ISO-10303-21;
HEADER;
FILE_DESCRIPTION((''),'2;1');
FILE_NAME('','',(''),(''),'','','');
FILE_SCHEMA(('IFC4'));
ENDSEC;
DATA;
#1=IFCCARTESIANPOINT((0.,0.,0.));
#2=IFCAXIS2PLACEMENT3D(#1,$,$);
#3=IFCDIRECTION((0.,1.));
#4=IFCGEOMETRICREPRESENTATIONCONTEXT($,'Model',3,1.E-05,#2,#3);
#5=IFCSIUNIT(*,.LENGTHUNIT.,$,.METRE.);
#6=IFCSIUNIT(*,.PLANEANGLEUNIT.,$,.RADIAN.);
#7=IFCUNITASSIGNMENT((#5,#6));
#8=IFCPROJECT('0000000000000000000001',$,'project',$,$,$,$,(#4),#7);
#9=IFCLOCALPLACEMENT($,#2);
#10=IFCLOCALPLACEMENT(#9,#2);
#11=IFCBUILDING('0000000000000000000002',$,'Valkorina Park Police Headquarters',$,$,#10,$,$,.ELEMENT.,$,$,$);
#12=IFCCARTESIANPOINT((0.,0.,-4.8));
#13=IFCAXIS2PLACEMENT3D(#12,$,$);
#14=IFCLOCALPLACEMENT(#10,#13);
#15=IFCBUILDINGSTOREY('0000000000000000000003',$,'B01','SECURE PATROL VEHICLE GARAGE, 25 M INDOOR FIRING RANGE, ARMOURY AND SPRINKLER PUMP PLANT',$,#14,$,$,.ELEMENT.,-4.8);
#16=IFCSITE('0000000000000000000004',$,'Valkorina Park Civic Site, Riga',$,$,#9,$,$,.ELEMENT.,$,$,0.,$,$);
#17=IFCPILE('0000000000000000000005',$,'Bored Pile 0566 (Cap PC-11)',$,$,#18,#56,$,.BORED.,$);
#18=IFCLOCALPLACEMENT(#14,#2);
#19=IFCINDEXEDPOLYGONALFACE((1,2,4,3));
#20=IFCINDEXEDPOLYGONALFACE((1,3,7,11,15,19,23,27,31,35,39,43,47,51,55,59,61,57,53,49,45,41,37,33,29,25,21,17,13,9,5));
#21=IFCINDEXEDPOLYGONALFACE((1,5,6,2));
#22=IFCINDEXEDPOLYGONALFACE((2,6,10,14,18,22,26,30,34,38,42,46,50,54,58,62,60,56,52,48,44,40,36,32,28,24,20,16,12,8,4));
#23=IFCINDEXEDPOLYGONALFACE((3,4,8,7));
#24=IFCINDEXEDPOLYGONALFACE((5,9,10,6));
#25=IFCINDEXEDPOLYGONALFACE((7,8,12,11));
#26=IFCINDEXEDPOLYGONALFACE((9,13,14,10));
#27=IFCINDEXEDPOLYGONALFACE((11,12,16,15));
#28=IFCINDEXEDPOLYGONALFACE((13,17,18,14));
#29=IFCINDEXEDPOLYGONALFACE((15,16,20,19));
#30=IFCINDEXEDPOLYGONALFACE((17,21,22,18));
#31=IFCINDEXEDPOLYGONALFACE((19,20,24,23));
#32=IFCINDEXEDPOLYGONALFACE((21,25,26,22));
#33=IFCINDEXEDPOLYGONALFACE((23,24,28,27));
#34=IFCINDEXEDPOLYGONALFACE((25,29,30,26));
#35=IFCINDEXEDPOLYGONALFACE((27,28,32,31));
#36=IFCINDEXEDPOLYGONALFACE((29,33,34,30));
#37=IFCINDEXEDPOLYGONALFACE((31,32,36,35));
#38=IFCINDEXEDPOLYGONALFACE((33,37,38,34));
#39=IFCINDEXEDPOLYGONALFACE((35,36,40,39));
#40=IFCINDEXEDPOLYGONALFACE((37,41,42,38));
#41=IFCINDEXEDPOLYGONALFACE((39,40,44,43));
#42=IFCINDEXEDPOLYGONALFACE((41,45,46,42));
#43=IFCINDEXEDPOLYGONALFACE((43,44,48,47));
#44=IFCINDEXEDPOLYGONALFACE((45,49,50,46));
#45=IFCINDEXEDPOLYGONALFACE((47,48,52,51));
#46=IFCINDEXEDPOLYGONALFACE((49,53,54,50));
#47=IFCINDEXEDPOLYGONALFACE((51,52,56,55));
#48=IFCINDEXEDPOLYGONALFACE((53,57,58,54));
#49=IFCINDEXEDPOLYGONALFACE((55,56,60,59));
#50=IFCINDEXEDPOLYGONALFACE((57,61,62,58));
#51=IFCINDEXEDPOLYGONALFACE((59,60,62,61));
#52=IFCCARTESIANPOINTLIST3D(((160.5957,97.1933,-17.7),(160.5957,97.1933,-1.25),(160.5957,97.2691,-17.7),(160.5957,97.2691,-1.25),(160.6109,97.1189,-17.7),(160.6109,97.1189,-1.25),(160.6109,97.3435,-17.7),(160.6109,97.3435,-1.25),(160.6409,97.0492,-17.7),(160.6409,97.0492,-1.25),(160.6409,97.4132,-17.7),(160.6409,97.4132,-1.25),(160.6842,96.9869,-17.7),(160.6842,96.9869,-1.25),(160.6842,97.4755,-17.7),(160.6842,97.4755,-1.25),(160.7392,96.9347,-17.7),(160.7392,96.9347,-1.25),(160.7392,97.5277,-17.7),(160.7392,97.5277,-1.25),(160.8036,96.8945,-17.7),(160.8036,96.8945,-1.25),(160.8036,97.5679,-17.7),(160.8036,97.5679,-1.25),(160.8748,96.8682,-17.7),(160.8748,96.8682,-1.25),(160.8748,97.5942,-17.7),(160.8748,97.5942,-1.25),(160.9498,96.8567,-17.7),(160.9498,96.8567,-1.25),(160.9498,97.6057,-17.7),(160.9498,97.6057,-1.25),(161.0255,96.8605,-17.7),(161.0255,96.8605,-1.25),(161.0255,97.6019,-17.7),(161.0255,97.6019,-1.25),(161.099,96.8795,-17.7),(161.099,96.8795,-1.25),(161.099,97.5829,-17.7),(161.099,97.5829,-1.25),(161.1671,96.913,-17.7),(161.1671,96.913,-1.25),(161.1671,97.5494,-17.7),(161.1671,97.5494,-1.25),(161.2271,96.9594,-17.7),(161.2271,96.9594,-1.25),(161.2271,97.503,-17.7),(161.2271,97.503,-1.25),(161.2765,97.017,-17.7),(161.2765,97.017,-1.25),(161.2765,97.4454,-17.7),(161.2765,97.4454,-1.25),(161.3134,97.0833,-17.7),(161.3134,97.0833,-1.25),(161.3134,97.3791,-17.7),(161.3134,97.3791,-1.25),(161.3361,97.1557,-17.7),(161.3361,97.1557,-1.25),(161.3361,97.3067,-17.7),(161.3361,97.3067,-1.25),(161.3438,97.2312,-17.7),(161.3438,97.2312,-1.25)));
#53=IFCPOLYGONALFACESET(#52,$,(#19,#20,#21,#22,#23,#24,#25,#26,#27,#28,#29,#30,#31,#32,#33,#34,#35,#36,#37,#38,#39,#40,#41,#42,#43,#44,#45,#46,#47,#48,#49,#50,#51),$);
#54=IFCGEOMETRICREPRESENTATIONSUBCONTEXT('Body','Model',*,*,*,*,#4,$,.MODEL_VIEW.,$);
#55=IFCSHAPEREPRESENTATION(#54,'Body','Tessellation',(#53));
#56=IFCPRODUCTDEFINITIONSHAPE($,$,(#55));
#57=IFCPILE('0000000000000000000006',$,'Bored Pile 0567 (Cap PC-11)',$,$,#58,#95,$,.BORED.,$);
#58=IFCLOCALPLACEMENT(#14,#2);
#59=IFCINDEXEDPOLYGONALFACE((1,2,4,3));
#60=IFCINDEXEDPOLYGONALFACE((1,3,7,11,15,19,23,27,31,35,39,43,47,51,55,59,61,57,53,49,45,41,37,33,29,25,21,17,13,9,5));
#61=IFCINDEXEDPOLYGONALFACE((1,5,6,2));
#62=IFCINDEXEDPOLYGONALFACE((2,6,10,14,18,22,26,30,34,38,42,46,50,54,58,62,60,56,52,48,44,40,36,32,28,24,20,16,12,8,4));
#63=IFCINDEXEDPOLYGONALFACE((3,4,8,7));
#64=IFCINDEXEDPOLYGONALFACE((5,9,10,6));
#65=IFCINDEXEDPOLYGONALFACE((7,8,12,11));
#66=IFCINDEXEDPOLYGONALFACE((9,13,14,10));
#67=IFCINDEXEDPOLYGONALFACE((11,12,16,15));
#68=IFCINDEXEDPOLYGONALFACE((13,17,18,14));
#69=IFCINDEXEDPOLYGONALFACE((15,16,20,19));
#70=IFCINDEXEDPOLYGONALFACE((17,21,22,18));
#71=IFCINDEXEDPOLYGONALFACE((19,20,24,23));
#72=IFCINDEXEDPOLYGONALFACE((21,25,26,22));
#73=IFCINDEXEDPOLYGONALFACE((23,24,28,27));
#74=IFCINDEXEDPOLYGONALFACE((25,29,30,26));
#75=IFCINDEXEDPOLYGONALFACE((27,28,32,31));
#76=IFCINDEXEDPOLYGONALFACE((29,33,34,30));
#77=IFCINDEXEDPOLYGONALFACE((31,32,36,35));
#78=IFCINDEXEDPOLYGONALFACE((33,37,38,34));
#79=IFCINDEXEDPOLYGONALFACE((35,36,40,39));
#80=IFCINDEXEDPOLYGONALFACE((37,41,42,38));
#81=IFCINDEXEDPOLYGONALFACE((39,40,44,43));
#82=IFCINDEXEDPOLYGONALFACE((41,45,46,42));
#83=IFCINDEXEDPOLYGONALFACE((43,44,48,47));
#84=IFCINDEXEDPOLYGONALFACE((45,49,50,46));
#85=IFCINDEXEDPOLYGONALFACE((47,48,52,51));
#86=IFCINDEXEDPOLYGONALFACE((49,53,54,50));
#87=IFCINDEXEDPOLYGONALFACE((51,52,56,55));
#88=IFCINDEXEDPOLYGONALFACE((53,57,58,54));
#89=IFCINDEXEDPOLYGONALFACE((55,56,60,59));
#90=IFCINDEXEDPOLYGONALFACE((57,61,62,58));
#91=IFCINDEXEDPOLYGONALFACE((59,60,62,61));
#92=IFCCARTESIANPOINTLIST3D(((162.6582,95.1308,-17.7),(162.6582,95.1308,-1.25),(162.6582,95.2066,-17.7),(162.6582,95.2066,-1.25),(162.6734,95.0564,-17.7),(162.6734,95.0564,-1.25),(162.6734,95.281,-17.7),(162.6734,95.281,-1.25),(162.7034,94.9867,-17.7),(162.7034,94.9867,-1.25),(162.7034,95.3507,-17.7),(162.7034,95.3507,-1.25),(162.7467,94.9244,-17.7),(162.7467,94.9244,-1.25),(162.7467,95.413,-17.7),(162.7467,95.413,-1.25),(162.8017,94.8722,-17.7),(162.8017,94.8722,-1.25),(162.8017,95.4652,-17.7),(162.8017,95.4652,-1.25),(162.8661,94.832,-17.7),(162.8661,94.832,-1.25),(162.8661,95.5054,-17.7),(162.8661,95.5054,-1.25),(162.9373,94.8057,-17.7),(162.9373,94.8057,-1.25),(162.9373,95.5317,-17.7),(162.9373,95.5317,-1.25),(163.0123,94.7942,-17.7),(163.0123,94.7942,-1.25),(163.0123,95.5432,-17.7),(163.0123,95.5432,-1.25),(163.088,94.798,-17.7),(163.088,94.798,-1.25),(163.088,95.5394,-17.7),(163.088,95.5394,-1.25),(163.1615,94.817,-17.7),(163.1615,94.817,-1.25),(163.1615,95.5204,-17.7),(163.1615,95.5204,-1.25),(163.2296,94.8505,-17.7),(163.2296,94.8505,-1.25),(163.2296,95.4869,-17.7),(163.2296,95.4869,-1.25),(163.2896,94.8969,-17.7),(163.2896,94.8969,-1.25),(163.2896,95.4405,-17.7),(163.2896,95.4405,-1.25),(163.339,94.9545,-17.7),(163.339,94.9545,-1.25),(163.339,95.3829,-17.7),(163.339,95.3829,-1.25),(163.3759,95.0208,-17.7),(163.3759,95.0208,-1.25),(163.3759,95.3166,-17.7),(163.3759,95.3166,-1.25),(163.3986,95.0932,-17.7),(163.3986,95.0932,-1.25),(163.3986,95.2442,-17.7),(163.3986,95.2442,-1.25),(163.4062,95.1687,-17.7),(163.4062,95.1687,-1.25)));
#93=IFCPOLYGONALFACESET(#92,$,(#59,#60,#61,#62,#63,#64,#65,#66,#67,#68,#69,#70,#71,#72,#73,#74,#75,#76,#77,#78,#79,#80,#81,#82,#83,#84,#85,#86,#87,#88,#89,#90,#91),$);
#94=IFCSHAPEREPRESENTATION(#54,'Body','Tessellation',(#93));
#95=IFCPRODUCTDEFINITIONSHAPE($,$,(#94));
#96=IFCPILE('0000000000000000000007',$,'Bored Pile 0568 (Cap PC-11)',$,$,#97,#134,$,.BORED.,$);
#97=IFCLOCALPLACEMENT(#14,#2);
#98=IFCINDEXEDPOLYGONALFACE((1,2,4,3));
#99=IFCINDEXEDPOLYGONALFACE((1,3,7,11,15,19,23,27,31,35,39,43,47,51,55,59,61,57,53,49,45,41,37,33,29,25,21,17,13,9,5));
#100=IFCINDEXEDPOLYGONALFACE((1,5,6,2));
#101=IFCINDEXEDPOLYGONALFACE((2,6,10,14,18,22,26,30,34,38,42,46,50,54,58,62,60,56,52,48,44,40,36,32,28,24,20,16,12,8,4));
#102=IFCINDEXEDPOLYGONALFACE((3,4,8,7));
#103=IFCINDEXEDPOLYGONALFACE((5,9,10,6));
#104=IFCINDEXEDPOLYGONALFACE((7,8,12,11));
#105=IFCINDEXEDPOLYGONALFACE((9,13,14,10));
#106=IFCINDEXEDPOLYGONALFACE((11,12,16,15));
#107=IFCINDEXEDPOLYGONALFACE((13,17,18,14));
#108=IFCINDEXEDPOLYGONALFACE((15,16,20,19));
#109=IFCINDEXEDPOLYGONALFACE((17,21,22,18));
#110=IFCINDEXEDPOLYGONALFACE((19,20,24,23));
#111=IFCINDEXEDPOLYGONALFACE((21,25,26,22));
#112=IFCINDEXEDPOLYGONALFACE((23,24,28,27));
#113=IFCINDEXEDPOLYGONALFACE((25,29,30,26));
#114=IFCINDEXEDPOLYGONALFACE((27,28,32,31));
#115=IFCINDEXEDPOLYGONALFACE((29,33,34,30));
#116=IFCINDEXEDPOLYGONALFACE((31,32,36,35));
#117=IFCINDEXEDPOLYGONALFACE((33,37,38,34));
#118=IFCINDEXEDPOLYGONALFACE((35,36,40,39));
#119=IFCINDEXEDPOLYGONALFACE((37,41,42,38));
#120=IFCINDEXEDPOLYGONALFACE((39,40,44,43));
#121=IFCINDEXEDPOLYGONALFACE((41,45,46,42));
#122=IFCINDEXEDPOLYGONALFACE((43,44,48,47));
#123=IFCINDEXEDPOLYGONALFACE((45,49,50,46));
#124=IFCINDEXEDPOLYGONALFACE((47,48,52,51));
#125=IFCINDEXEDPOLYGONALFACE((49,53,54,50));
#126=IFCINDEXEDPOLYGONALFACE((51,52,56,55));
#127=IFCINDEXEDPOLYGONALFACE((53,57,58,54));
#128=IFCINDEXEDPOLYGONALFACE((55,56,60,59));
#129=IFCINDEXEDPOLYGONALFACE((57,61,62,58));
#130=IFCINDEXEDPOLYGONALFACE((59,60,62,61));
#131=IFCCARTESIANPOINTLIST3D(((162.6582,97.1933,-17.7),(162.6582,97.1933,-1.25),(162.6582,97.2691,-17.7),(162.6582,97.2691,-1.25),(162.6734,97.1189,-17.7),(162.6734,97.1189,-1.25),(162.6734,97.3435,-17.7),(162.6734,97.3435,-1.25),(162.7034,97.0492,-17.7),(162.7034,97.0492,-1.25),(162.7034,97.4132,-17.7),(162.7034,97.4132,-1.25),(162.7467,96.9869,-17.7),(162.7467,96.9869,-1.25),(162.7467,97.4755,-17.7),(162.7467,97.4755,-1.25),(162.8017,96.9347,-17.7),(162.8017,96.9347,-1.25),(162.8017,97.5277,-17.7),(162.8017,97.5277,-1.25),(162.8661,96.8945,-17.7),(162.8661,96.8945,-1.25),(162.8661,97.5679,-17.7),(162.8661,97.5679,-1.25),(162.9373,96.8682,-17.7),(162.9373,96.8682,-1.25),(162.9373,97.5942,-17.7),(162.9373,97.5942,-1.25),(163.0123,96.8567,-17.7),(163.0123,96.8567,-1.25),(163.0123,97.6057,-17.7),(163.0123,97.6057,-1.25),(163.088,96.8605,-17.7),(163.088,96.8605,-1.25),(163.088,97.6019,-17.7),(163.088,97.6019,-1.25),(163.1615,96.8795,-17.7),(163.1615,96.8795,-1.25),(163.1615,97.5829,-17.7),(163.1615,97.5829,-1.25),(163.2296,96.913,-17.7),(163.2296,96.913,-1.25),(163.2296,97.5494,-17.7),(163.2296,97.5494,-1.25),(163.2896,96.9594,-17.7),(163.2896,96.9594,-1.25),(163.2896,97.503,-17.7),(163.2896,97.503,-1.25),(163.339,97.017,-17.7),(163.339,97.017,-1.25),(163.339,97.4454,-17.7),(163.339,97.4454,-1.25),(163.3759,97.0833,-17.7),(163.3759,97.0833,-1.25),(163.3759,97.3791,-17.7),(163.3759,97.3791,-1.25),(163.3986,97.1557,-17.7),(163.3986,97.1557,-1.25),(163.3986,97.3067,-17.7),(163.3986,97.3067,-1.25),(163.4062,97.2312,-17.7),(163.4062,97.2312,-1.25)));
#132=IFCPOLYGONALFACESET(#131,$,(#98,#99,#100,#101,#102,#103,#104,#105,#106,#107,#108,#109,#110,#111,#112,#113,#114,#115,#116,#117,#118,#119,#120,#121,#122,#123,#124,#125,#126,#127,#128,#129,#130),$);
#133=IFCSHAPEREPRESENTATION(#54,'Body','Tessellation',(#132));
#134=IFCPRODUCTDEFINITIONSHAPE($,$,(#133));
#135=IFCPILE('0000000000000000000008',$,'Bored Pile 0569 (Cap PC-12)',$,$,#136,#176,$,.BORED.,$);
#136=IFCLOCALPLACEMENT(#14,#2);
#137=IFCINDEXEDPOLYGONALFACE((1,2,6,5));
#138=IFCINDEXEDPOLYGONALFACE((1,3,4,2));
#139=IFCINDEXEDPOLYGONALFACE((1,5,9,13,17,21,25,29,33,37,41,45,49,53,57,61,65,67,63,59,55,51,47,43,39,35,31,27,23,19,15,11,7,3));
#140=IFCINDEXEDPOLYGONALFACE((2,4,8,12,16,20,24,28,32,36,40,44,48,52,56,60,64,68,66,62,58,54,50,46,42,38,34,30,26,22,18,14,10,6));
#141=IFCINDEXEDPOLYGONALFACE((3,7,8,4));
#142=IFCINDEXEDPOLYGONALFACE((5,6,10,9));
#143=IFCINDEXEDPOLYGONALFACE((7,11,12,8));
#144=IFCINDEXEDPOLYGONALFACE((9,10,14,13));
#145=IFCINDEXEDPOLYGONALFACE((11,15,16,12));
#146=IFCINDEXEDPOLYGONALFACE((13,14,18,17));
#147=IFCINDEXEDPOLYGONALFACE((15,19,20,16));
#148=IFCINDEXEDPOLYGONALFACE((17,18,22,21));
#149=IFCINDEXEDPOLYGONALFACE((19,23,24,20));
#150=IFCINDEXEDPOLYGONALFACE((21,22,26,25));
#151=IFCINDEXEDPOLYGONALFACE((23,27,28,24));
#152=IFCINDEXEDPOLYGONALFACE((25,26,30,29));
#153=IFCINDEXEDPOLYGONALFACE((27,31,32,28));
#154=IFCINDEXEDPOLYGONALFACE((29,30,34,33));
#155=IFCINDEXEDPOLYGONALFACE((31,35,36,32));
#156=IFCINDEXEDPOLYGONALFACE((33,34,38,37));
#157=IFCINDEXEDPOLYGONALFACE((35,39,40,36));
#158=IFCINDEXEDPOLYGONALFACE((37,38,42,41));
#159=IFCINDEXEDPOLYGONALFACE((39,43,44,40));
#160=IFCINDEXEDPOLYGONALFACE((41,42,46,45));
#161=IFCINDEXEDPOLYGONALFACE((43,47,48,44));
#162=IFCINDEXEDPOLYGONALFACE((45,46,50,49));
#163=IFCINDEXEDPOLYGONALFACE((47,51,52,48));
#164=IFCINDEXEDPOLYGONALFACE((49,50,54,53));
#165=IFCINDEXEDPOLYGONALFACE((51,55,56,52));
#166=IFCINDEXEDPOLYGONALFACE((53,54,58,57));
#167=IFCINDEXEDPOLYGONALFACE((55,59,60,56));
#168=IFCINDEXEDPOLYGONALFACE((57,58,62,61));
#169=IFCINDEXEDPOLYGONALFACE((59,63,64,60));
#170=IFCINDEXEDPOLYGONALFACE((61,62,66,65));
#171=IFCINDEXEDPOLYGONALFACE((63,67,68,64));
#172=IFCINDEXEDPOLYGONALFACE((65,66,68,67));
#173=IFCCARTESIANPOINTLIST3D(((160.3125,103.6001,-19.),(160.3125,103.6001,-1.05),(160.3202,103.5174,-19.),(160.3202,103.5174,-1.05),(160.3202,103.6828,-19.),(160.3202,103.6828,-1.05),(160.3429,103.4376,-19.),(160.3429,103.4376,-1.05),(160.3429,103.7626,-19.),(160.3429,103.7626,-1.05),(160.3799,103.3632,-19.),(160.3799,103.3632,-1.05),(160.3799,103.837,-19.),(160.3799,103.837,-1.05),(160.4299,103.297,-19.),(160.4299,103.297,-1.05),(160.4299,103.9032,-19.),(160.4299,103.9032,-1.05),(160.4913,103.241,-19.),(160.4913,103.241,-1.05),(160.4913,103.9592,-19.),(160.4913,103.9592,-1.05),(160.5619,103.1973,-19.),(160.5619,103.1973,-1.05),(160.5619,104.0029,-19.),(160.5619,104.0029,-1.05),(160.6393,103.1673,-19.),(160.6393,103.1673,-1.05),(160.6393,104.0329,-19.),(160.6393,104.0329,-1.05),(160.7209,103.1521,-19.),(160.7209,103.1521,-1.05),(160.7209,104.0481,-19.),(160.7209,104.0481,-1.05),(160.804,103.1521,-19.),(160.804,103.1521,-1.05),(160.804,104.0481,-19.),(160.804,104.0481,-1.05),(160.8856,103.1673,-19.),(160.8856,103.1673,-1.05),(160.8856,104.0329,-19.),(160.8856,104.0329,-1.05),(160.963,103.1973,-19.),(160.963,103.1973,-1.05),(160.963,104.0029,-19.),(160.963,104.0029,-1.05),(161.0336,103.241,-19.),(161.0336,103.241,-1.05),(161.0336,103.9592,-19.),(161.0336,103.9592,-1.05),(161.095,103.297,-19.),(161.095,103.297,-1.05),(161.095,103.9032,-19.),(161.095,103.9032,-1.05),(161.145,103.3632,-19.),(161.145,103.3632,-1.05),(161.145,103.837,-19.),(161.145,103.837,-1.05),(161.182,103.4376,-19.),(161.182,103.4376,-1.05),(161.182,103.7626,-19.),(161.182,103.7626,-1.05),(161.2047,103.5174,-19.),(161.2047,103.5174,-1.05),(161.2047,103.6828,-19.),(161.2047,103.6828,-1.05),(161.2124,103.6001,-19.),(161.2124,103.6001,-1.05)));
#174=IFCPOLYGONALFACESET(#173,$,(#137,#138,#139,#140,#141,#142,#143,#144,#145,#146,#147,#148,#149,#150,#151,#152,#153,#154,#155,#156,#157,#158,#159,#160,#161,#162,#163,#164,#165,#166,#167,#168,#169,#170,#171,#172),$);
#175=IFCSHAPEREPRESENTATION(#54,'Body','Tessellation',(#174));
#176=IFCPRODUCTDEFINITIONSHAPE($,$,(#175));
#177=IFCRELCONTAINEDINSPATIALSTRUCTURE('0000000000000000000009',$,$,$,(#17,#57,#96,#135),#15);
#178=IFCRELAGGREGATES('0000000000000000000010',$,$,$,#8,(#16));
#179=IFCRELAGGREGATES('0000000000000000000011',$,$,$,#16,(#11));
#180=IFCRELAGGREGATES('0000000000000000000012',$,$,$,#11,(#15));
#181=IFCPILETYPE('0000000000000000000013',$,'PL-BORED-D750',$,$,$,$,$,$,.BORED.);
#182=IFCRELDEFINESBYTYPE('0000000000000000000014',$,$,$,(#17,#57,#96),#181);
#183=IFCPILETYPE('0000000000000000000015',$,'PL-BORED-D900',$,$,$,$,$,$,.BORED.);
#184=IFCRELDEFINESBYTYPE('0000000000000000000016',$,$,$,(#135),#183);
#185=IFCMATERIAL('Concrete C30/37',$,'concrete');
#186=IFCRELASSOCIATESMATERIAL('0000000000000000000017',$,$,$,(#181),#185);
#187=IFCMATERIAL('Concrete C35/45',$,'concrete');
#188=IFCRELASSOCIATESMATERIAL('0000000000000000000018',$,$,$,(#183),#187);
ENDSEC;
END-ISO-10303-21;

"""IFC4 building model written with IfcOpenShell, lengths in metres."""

from ifc_helpers import new_model, si_unit, direction, frame, origin, origin_2d, place, context, subcontext, project, spatial, circle, extrude, material, material_profile, profile_set, type_object, element, save


model = new_model("IFC4")

# Units and contexts
model_context = context("Model", 3, precision=1e-05, world=origin(), true_north=direction((0.0, 1.0)))
body_context = subcontext(model_context, "Body", "Model", "MODEL_VIEW")
ifc_project = project(units=[si_unit("LENGTHUNIT", "METRE"), si_unit("PLANEANGLEUNIT", "RADIAN")], contexts=[model_context])

# Site, building, storey
site_placement = place(None, origin())
site = spatial("IfcSite", under=ifc_project, at=site_placement, Name="Valkorina Park Civic Site, Riga", CompositionType="ELEMENT", RefElevation=0.0)
building_placement = place(site_placement, origin())
building = spatial("IfcBuilding", under=site, at=building_placement, Name="Valkorina Park Police Headquarters", CompositionType="ELEMENT")
storey_placement = place(building_placement, frame((0.0, 0.0, -4.8)))
storey = spatial("IfcBuildingStorey", under=building, at=storey_placement, Name="B01", Description="SECURE PATROL VEHICLE GARAGE, 25 M INDOOR FIRING RANGE, ARMOURY AND SPRINKLER PUMP PLANT", CompositionType="ELEMENT", Elevation=-4.8)

# Piles
ifc_material_1 = material(Name="Concrete C30/37", Category="concrete")
ifc_material_profile_1 = material_profile(ifc_material_1, circle(Radius=0.375, at=origin_2d()), Name="BORED PILE D750")
ifc_profile_set_1 = profile_set([ifc_material_profile_1], Name="Concrete C30/37")
pile_type_1 = type_object("IfcPileType", Name="PL-BORED-D750", PredefinedType="BORED", material=ifc_profile_set_1)
for number, where, z_axis, x_axis, name in (
    (1, (160.9688, 97.2312, -1.25), (0.0, 0.0, -1.0), (1.0, 0.0, 0.0), "Bored Pile 0566 (Cap PC-11)"),
    (2, (163.0312, 95.1687, -1.25), (0.0, 0.0, -1.0), (1.0, 0.0, 0.0), "Bored Pile 0567 (Cap PC-11)"),
    (3, (163.0312, 97.2312, -1.25), (0.0, 0.0, -1.0), (1.0, 0.0, 0.0), "Bored Pile 0568 (Cap PC-11)"),
):
    element("IfcPile", number, at=place(storey_placement, frame(where, z_axis=z_axis, x_axis=x_axis)), inside=storey, type_object=pile_type_1, Name=name, PredefinedType="BORED", context=body_context, shape_type="SweptSolid", body=[
        extrude(circle(Radius=0.375, at=origin_2d()), origin(), (0.0, 0.0, 1.0), 16.45),
    ])
ifc_material_2 = material(Name="Concrete C35/45", Category="concrete")
ifc_material_profile_2 = material_profile(ifc_material_2, circle(Radius=0.45, at=origin_2d()), Name="BORED PILE D900")
ifc_profile_set_2 = profile_set([ifc_material_profile_2], Name="Concrete C35/45")
pile_type_2 = type_object("IfcPileType", Name="PL-BORED-D900", PredefinedType="BORED", material=ifc_profile_set_2)
for number, where, z_axis, x_axis, name in (
    (4, (160.7625, 103.6001, -1.05), (0.0, 0.0, -1.0), (1.0, 0.0, 0.0), "Bored Pile 0569 (Cap PC-12)"),
):
    element("IfcPile", number, at=place(storey_placement, frame(where, z_axis=z_axis, x_axis=x_axis)), inside=storey, type_object=pile_type_2, Name=name, PredefinedType="BORED", context=body_context, shape_type="SweptSolid", body=[
        extrude(circle(Radius=0.45, at=origin_2d()), origin(), (0.0, 0.0, 1.0), 17.95),
    ])

save(model, "model.ifc")
